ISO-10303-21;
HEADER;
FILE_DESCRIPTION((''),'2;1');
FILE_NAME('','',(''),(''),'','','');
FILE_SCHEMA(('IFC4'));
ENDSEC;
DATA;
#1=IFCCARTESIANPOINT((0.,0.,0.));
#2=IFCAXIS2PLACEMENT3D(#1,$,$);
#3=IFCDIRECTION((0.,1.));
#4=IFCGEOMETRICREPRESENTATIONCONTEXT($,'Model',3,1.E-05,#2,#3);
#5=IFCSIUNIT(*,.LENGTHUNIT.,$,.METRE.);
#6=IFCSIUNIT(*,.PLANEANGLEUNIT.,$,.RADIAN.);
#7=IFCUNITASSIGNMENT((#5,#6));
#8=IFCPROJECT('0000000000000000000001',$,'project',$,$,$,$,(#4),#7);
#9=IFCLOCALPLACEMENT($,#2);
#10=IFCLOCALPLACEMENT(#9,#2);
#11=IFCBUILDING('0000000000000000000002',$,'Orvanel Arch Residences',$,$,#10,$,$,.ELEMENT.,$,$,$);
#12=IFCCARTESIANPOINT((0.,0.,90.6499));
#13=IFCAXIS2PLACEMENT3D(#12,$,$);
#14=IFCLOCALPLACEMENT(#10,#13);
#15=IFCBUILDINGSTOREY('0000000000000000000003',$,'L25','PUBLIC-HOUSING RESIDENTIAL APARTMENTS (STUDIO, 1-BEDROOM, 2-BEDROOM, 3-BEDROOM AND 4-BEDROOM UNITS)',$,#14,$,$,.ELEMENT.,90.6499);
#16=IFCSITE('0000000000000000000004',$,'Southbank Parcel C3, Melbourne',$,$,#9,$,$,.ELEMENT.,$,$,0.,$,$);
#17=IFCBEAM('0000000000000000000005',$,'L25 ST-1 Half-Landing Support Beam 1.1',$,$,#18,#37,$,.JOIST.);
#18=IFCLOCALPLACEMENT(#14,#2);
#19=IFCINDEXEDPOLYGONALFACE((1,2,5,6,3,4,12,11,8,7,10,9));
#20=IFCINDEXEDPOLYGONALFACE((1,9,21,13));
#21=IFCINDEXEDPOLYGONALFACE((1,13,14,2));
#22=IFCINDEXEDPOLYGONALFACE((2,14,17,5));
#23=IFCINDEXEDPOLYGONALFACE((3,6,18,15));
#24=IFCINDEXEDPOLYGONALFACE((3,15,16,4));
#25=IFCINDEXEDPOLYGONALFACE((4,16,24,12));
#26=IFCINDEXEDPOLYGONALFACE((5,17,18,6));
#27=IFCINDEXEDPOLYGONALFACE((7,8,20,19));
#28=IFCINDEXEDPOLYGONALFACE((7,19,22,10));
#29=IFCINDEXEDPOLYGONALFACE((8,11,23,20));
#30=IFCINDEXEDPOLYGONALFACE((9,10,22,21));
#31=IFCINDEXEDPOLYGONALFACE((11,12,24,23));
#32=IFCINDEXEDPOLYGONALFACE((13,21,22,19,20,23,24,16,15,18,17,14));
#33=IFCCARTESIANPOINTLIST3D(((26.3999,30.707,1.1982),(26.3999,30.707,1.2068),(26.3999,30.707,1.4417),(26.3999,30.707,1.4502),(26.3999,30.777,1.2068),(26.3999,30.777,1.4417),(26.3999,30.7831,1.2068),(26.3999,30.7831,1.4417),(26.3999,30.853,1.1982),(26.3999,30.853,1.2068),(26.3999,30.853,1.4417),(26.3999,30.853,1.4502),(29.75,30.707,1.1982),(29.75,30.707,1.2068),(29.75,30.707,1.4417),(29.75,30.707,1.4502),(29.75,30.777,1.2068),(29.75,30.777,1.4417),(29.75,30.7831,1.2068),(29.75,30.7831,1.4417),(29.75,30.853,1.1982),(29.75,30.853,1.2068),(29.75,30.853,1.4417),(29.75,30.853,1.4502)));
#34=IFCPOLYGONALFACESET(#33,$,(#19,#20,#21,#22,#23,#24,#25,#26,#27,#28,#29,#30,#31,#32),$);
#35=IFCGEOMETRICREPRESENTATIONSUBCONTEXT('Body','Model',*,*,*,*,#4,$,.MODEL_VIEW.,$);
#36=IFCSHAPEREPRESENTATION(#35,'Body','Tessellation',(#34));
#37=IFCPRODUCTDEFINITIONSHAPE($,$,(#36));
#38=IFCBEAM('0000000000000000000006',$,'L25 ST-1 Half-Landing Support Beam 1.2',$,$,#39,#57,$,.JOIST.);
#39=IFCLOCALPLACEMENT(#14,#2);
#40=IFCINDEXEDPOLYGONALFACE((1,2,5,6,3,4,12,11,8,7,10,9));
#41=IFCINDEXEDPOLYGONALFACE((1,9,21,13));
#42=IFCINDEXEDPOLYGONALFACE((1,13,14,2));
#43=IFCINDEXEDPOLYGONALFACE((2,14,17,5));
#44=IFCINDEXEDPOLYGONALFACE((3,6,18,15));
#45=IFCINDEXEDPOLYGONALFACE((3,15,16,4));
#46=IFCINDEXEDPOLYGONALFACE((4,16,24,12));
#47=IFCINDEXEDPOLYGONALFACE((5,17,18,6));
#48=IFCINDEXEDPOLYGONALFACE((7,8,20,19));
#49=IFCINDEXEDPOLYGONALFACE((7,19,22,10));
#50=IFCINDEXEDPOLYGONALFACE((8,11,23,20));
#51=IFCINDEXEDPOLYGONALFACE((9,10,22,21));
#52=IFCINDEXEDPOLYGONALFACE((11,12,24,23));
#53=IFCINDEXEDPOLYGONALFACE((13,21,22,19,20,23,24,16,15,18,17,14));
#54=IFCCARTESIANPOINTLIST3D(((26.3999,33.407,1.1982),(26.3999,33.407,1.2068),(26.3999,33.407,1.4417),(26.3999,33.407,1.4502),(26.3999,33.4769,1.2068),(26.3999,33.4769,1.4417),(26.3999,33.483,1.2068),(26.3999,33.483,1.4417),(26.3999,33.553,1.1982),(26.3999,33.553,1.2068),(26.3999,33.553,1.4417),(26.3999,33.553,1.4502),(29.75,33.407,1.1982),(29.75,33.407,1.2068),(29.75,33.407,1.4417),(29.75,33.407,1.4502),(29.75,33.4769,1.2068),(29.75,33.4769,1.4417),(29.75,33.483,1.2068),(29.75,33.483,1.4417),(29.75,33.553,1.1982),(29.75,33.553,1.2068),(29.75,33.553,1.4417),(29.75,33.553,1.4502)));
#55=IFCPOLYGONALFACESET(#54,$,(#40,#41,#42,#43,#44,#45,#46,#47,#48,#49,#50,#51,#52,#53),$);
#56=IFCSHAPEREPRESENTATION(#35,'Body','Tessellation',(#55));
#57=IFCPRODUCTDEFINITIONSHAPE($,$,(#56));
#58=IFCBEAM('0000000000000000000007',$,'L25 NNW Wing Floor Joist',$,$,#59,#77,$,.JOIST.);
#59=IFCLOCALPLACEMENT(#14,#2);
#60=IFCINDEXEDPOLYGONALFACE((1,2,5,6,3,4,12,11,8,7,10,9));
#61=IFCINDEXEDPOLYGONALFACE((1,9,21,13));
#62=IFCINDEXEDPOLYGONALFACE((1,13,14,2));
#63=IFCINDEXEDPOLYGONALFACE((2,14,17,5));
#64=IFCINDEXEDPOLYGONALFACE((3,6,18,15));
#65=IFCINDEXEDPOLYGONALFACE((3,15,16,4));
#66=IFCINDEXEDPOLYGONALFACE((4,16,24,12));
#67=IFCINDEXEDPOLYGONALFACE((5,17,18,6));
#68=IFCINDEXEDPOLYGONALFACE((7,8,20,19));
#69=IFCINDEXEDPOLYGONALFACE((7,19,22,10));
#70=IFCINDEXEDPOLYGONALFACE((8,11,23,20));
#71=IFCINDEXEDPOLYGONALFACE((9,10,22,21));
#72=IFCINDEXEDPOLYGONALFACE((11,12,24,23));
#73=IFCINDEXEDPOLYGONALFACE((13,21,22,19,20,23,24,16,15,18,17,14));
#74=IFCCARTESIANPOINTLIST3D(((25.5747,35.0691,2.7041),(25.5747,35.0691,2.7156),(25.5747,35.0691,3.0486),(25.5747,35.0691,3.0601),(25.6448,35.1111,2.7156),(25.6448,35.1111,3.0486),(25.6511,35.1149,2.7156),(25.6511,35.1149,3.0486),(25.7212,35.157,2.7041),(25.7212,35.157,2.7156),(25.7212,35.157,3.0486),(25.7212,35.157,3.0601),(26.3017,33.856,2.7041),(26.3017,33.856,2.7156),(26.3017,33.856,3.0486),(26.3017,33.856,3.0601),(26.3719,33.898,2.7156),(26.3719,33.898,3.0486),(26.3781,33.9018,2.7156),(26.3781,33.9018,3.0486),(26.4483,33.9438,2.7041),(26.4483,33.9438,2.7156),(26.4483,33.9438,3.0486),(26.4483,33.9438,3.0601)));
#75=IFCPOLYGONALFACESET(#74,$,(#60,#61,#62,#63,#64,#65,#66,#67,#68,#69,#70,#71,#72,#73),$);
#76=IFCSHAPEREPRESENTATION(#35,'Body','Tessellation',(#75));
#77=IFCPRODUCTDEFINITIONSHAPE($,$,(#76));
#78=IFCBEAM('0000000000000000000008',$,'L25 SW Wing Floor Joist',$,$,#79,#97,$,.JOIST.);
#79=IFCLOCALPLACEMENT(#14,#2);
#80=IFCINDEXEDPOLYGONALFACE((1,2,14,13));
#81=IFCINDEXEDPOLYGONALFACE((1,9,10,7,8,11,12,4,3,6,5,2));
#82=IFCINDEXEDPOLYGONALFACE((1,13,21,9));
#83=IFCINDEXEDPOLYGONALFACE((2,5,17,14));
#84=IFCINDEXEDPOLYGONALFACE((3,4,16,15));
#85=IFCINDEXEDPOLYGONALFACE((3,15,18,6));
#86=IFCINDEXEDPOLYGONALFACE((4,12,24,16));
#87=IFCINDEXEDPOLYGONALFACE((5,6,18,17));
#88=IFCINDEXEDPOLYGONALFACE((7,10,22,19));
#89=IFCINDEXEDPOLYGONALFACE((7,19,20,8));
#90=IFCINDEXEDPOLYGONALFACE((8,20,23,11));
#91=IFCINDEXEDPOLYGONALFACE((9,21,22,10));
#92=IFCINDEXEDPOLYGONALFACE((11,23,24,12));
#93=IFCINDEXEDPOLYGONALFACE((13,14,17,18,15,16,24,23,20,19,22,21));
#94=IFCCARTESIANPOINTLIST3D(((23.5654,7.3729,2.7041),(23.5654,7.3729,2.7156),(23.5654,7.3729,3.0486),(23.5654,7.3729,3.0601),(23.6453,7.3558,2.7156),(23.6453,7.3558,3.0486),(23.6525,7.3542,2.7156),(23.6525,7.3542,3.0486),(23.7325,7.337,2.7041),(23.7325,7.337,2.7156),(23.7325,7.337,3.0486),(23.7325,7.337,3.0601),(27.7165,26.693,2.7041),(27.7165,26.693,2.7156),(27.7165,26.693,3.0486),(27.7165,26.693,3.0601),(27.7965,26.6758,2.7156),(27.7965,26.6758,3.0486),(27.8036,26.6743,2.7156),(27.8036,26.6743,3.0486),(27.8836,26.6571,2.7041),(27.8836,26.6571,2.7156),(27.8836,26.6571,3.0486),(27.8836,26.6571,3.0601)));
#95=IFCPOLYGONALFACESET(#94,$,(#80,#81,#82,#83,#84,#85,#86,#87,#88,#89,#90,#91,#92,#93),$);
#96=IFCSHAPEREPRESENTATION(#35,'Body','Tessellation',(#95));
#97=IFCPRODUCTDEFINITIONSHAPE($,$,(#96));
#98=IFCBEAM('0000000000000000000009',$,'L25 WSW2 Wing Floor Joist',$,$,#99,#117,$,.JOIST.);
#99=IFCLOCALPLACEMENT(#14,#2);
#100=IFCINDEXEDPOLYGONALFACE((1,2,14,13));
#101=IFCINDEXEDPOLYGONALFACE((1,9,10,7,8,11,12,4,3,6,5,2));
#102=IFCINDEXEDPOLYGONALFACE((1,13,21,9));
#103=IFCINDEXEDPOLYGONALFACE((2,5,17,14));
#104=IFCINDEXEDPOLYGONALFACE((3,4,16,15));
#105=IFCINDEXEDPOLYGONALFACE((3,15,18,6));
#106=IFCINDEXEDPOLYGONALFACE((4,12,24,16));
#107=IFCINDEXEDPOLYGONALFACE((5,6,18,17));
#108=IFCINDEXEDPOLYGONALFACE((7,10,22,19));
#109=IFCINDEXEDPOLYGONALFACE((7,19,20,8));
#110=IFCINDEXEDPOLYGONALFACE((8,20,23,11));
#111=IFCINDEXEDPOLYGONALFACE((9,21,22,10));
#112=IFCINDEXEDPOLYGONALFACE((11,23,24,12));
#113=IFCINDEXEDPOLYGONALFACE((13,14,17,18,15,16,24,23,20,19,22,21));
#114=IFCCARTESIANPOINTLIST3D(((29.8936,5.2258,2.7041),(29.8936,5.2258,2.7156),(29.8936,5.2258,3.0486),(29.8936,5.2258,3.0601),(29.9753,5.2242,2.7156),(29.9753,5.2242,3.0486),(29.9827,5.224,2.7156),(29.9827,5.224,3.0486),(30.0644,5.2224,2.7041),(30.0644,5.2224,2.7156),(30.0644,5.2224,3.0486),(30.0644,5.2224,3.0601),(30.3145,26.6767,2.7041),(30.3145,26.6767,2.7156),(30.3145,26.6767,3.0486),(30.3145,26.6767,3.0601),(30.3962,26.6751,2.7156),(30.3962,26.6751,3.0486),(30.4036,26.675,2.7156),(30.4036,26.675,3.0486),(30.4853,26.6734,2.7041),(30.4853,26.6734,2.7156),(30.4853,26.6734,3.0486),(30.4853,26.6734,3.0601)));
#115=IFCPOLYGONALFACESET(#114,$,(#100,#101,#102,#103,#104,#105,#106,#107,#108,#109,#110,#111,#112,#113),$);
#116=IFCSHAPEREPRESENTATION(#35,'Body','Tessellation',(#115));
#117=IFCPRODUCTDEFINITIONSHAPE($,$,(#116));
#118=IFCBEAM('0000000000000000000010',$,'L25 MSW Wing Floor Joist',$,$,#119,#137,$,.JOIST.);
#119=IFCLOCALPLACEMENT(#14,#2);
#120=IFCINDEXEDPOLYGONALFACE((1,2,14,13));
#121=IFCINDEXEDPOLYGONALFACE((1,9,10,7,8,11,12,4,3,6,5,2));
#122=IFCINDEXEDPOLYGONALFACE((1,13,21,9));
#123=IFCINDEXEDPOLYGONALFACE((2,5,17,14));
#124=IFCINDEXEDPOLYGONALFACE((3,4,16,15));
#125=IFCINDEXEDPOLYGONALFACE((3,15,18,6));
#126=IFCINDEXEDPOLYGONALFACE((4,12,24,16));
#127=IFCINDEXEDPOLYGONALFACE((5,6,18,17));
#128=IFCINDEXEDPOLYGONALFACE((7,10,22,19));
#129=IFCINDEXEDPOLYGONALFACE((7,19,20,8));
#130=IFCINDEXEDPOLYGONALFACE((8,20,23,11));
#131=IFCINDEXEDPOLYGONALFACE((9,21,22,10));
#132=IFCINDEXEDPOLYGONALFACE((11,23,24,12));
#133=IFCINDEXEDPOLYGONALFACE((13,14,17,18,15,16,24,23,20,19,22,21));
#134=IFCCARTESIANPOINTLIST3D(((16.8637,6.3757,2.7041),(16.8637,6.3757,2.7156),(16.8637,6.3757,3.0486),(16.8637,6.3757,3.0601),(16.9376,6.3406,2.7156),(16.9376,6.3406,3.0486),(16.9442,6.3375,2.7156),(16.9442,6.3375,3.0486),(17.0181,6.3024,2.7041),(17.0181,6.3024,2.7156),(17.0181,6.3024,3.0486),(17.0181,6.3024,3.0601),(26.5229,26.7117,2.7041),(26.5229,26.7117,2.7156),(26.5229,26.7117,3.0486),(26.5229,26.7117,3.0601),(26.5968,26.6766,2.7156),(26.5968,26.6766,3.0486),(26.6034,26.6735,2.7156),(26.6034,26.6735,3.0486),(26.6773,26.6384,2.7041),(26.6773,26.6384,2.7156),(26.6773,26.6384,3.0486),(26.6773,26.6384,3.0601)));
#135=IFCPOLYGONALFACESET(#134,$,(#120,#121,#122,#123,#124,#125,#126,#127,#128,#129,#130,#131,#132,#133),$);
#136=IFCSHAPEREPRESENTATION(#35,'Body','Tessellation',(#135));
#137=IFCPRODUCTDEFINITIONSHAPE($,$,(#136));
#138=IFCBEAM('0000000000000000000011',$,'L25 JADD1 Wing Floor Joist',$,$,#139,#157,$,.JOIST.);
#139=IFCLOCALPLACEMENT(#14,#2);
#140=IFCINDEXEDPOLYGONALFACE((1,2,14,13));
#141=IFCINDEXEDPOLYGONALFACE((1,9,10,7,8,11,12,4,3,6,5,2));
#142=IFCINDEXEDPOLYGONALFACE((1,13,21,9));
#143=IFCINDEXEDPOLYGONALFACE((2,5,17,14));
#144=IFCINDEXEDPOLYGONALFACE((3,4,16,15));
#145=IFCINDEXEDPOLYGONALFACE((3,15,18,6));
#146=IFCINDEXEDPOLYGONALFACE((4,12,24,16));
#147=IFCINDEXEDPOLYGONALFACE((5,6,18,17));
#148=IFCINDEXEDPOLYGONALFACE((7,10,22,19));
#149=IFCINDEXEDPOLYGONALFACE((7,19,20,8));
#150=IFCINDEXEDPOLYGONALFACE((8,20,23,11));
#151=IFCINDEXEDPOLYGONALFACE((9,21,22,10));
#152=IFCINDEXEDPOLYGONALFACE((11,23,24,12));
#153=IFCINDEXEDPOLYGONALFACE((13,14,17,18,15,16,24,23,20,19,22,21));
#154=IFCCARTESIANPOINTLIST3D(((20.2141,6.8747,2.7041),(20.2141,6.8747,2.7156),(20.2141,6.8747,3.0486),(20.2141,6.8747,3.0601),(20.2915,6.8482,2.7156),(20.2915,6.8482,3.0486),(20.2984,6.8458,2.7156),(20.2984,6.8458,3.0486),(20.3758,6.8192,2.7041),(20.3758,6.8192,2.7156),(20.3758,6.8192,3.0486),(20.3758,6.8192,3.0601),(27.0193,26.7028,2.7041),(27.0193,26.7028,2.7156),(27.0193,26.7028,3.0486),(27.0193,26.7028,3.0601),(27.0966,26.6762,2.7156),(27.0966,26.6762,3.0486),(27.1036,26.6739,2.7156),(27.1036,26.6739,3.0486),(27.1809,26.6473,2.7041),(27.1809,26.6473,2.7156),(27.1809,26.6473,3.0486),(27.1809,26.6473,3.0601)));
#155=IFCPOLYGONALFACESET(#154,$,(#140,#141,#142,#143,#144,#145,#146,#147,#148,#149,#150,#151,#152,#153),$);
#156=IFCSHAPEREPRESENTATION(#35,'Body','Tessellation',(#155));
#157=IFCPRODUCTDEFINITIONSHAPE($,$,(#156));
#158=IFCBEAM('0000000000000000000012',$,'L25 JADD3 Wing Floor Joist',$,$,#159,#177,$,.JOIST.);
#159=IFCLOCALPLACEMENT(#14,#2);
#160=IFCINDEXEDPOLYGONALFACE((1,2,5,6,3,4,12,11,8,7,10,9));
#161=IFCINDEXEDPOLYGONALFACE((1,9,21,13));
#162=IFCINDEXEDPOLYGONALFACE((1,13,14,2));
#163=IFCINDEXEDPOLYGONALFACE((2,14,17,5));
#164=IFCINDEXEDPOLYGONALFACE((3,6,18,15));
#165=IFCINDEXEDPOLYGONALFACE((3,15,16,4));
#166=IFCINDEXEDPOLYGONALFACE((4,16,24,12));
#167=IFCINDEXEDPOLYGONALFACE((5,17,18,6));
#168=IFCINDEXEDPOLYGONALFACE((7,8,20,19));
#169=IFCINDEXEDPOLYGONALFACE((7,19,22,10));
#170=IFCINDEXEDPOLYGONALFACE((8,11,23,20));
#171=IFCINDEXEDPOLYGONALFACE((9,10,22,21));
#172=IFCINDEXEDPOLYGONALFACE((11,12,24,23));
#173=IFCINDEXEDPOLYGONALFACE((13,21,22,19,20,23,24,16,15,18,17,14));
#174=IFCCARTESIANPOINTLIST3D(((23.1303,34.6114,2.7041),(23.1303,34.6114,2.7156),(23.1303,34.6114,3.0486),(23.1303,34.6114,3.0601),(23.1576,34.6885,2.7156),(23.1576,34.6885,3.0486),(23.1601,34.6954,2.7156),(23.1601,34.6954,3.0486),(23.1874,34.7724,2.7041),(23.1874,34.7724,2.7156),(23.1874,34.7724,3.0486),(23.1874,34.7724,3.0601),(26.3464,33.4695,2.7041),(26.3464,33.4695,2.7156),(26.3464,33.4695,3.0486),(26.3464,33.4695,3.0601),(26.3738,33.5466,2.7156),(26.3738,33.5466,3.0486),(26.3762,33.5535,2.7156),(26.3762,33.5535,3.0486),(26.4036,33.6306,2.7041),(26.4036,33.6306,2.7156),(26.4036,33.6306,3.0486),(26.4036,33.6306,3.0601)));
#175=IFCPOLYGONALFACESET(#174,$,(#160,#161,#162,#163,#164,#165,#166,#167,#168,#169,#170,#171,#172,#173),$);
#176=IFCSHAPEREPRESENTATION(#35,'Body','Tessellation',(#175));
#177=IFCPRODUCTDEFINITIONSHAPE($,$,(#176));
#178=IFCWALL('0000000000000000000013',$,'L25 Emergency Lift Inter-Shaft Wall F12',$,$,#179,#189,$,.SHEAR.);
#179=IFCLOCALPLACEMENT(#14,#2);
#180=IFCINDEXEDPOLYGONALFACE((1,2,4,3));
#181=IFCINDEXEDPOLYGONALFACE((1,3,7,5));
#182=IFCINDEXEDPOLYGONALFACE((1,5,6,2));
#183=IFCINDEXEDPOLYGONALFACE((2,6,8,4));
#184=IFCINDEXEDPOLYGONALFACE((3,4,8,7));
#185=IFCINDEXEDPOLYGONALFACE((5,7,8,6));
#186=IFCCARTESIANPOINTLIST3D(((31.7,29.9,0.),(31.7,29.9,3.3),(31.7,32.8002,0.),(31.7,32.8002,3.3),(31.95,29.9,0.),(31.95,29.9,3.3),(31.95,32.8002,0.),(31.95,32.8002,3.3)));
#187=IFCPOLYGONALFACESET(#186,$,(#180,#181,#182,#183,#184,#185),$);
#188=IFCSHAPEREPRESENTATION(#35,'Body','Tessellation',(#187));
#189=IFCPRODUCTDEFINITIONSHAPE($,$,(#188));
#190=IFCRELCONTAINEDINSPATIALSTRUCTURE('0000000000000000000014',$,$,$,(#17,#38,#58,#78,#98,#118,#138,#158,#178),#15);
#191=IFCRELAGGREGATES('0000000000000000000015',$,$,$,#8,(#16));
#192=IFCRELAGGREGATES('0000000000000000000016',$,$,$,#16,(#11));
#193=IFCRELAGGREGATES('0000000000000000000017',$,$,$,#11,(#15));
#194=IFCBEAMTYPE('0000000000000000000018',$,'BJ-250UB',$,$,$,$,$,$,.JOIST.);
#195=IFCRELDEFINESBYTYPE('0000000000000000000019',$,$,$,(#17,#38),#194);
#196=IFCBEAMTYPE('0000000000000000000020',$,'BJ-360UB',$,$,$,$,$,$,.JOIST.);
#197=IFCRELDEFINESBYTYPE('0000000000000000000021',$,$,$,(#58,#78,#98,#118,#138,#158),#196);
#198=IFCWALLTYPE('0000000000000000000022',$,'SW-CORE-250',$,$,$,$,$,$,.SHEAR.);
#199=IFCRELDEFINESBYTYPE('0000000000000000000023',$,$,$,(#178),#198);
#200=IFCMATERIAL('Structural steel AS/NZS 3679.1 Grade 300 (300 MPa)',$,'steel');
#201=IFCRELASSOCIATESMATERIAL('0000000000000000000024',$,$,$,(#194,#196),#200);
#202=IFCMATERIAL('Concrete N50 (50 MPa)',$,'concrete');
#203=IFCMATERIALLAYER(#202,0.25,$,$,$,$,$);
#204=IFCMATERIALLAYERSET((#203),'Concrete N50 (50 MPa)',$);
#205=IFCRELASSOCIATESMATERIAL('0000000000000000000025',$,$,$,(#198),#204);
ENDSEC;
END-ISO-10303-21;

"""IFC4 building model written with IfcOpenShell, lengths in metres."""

from ifc_helpers import new_model, si_unit, direction, frame, frame_2d, origin, origin_2d, place, context, subcontext, project, spatial, rectangle, i_section, extrude, material, layer, layer_set, material_profile, profile_set, type_object, element, save


model = new_model("IFC4")

# Units and contexts
model_context = context("Model", 3, precision=1e-05, world=origin(), true_north=direction((0.0, 1.0)))
body_context = subcontext(model_context, "Body", "Model", "MODEL_VIEW")
ifc_project = project(units=[si_unit("LENGTHUNIT", "METRE"), si_unit("PLANEANGLEUNIT", "RADIAN")], contexts=[model_context])

# Site, building, storey
site_placement = place(None, origin())
site = spatial("IfcSite", under=ifc_project, at=site_placement, Name="Southbank Parcel C3, Melbourne", CompositionType="ELEMENT", RefElevation=0.0)
building_placement = place(site_placement, origin())
building = spatial("IfcBuilding", under=site, at=building_placement, Name="Orvanel Arch Residences", CompositionType="ELEMENT")
storey_placement = place(building_placement, frame((0.0, 0.0, 90.6499)))
storey = spatial("IfcBuildingStorey", under=building, at=storey_placement, Name="L25", Description="PUBLIC-HOUSING RESIDENTIAL APARTMENTS (STUDIO, 1-BEDROOM, 2-BEDROOM, 3-BEDROOM AND 4-BEDROOM UNITS)", CompositionType="ELEMENT", Elevation=90.6499)

# Beams
ifc_material_1 = material(Name="Structural steel AS/NZS 3679.1 Grade 300 (300 MPa)", Category="steel")
ifc_material_profile_1 = material_profile(ifc_material_1, i_section(OverallWidth=0.146, OverallDepth=0.252, WebThickness=0.0061, FlangeThickness=0.0085, at=origin_2d()), Name="250UB31.4")
ifc_profile_set_1 = profile_set([ifc_material_profile_1], Name="Structural steel AS/NZS 3679.1 Grade 300 (300 MPa)")
beam_type_1 = type_object("IfcBeamType", Name="BJ-250UB", PredefinedType="JOIST", material=ifc_profile_set_1)
for number, where, z_axis, x_axis, name in (
    (1, (26.3999, 30.78, 1.3242), (1.0, 0.0, 0.0), (0.0, 1.0, 0.0), "L25 ST-1 Half-Landing Support Beam 1.1"),
    (2, (26.3999, 33.48, 1.3242), (1.0, 0.0, 0.0), (0.0, 1.0, 0.0), "L25 ST-1 Half-Landing Support Beam 1.2"),
):
    element("IfcBeam", number, at=place(storey_placement, frame(where, z_axis=z_axis, x_axis=x_axis)), inside=storey, type_object=beam_type_1, Name=name, PredefinedType="JOIST", context=body_context, shape_type="SweptSolid", body=[
        extrude(i_section(OverallWidth=0.146, OverallDepth=0.252, WebThickness=0.0061, FlangeThickness=0.0085, at=origin_2d()), origin(), (0.0, 0.0, 1.0), 3.3501),
    ])
ifc_material_profile_2 = material_profile(ifc_material_1, i_section(OverallWidth=0.1709, OverallDepth=0.356, WebThickness=0.0073, FlangeThickness=0.0115, at=origin_2d()), Name="360UB50.7")
ifc_profile_set_2 = profile_set([ifc_material_profile_2], Name="Structural steel AS/NZS 3679.1 Grade 300 (300 MPa)")
beam_type_2 = type_object("IfcBeamType", Name="BJ-360UB", PredefinedType="JOIST", material=ifc_profile_set_2)
beam_1_placement = place(storey_placement, frame((26.375, 33.8999, 2.8821), z_axis=(-0.514064, 0.857752, 0.0), x_axis=(-0.857752, -0.514064, 0.0)))
element("IfcBeam", 3, at=beam_1_placement, inside=storey, type_object=beam_type_2, Name="L25 NNW Wing Floor Joist", PredefinedType="JOIST", context=body_context, shape_type="SweptSolid", body=[
    extrude(i_section(OverallWidth=0.1709, OverallDepth=0.356, WebThickness=0.0073, FlangeThickness=0.0115, at=origin_2d()), origin(), (0.0, 0.0, 1.0), 1.4143),
])
beam_2_placement = place(storey_placement, frame((27.8, 26.675, 2.8821), z_axis=(-0.210067, -0.977687, 0.0), x_axis=(0.977687, -0.210067, 0.0)))
element("IfcBeam", 4, at=beam_2_placement, inside=storey, type_object=beam_type_2, Name="L25 SW Wing Floor Joist", PredefinedType="JOIST", context=body_context, shape_type="SweptSolid", body=[
    extrude(i_section(OverallWidth=0.1709, OverallDepth=0.356, WebThickness=0.0073, FlangeThickness=0.0115, at=origin_2d()), origin(), (0.0, 0.0, 1.0), 19.761),
])
beam_3_placement = place(storey_placement, frame((30.3999, 26.675, 2.8821), z_axis=(-0.019618, -0.999808, 0.0), x_axis=(0.999808, -0.019618, 0.0)))
element("IfcBeam", 5, at=beam_3_placement, inside=storey, type_object=beam_type_2, Name="L25 WSW2 Wing Floor Joist", PredefinedType="JOIST", context=body_context, shape_type="SweptSolid", body=[
    extrude(i_section(OverallWidth=0.1709, OverallDepth=0.356, WebThickness=0.0073, FlangeThickness=0.0115, at=origin_2d()), origin(), (0.0, 0.0, 1.0), 21.4551),
])
beam_4_placement = place(storey_placement, frame((26.6001, 26.675, 2.8821), z_axis=(-0.429043, -0.903284, 0.0), x_axis=(0.903284, -0.429043, 0.0)))
element("IfcBeam", 6, at=beam_4_placement, inside=storey, type_object=beam_type_2, Name="L25 MSW Wing Floor Joist", PredefinedType="JOIST", context=body_context, shape_type="SweptSolid", body=[
    extrude(i_section(OverallWidth=0.1709, OverallDepth=0.356, WebThickness=0.0073, FlangeThickness=0.0115, at=origin_2d()), origin(), (0.0, 0.0, 1.0), 22.5134),
])
beam_5_placement = place(storey_placement, frame((27.1001, 26.675, 2.8821), z_axis=(-0.324621, -0.945844, 0.0), x_axis=(0.945844, -0.324621, 0.0)))
element("IfcBeam", 7, at=beam_5_placement, inside=storey, type_object=beam_type_2, Name="L25 JADD1 Wing Floor Joist", PredefinedType="JOIST", context=body_context, shape_type="SweptSolid", body=[
    extrude(i_section(OverallWidth=0.1709, OverallDepth=0.356, WebThickness=0.0073, FlangeThickness=0.0115, at=origin_2d()), origin(), (0.0, 0.0, 1.0), 20.9634),
])
beam_6_placement = place(storey_placement, frame((26.375, 33.55, 2.8821), z_axis=(-0.942367, 0.334582, 0.0), x_axis=(-0.334582, -0.942367, 0.0)))
element("IfcBeam", 8, at=beam_6_placement, inside=storey, type_object=beam_type_2, Name="L25 JADD3 Wing Floor Joist", PredefinedType="JOIST", context=body_context, shape_type="SweptSolid", body=[
    extrude(i_section(OverallWidth=0.1709, OverallDepth=0.356, WebThickness=0.0073, FlangeThickness=0.0115, at=origin_2d()), origin(), (0.0, 0.0, 1.0), 3.4128),
])

# Wall
ifc_material_2 = material(Name="Concrete N50 (50 MPa)", Category="concrete")
ifc_layer_1 = layer(ifc_material_2, 0.25)
ifc_layer_set_1 = layer_set([ifc_layer_1], Name="Concrete N50 (50 MPa)")
wall_type_1 = type_object("IfcWallType", Name="SW-CORE-250", PredefinedType="SHEAR", material=ifc_layer_set_1)
wall_1_placement = place(storey_placement, frame((31.825, 29.8999, 0.0), z_axis=(0.0, 0.0, 1.0), x_axis=(0.0, 1.0, 0.0)))
element("IfcWall", 9, at=wall_1_placement, inside=storey, type_object=wall_type_1, Name="L25 Emergency Lift Inter-Shaft Wall F12", PredefinedType="SHEAR", context=body_context, shape_type="SweptSolid", body=[
    extrude(rectangle(XDim=2.9001, YDim=0.25, at=frame_2d((1.4502, 0.0))), origin(), (0.0, 0.0, 1.0), 3.3),
])

save(model, "model.ifc")
